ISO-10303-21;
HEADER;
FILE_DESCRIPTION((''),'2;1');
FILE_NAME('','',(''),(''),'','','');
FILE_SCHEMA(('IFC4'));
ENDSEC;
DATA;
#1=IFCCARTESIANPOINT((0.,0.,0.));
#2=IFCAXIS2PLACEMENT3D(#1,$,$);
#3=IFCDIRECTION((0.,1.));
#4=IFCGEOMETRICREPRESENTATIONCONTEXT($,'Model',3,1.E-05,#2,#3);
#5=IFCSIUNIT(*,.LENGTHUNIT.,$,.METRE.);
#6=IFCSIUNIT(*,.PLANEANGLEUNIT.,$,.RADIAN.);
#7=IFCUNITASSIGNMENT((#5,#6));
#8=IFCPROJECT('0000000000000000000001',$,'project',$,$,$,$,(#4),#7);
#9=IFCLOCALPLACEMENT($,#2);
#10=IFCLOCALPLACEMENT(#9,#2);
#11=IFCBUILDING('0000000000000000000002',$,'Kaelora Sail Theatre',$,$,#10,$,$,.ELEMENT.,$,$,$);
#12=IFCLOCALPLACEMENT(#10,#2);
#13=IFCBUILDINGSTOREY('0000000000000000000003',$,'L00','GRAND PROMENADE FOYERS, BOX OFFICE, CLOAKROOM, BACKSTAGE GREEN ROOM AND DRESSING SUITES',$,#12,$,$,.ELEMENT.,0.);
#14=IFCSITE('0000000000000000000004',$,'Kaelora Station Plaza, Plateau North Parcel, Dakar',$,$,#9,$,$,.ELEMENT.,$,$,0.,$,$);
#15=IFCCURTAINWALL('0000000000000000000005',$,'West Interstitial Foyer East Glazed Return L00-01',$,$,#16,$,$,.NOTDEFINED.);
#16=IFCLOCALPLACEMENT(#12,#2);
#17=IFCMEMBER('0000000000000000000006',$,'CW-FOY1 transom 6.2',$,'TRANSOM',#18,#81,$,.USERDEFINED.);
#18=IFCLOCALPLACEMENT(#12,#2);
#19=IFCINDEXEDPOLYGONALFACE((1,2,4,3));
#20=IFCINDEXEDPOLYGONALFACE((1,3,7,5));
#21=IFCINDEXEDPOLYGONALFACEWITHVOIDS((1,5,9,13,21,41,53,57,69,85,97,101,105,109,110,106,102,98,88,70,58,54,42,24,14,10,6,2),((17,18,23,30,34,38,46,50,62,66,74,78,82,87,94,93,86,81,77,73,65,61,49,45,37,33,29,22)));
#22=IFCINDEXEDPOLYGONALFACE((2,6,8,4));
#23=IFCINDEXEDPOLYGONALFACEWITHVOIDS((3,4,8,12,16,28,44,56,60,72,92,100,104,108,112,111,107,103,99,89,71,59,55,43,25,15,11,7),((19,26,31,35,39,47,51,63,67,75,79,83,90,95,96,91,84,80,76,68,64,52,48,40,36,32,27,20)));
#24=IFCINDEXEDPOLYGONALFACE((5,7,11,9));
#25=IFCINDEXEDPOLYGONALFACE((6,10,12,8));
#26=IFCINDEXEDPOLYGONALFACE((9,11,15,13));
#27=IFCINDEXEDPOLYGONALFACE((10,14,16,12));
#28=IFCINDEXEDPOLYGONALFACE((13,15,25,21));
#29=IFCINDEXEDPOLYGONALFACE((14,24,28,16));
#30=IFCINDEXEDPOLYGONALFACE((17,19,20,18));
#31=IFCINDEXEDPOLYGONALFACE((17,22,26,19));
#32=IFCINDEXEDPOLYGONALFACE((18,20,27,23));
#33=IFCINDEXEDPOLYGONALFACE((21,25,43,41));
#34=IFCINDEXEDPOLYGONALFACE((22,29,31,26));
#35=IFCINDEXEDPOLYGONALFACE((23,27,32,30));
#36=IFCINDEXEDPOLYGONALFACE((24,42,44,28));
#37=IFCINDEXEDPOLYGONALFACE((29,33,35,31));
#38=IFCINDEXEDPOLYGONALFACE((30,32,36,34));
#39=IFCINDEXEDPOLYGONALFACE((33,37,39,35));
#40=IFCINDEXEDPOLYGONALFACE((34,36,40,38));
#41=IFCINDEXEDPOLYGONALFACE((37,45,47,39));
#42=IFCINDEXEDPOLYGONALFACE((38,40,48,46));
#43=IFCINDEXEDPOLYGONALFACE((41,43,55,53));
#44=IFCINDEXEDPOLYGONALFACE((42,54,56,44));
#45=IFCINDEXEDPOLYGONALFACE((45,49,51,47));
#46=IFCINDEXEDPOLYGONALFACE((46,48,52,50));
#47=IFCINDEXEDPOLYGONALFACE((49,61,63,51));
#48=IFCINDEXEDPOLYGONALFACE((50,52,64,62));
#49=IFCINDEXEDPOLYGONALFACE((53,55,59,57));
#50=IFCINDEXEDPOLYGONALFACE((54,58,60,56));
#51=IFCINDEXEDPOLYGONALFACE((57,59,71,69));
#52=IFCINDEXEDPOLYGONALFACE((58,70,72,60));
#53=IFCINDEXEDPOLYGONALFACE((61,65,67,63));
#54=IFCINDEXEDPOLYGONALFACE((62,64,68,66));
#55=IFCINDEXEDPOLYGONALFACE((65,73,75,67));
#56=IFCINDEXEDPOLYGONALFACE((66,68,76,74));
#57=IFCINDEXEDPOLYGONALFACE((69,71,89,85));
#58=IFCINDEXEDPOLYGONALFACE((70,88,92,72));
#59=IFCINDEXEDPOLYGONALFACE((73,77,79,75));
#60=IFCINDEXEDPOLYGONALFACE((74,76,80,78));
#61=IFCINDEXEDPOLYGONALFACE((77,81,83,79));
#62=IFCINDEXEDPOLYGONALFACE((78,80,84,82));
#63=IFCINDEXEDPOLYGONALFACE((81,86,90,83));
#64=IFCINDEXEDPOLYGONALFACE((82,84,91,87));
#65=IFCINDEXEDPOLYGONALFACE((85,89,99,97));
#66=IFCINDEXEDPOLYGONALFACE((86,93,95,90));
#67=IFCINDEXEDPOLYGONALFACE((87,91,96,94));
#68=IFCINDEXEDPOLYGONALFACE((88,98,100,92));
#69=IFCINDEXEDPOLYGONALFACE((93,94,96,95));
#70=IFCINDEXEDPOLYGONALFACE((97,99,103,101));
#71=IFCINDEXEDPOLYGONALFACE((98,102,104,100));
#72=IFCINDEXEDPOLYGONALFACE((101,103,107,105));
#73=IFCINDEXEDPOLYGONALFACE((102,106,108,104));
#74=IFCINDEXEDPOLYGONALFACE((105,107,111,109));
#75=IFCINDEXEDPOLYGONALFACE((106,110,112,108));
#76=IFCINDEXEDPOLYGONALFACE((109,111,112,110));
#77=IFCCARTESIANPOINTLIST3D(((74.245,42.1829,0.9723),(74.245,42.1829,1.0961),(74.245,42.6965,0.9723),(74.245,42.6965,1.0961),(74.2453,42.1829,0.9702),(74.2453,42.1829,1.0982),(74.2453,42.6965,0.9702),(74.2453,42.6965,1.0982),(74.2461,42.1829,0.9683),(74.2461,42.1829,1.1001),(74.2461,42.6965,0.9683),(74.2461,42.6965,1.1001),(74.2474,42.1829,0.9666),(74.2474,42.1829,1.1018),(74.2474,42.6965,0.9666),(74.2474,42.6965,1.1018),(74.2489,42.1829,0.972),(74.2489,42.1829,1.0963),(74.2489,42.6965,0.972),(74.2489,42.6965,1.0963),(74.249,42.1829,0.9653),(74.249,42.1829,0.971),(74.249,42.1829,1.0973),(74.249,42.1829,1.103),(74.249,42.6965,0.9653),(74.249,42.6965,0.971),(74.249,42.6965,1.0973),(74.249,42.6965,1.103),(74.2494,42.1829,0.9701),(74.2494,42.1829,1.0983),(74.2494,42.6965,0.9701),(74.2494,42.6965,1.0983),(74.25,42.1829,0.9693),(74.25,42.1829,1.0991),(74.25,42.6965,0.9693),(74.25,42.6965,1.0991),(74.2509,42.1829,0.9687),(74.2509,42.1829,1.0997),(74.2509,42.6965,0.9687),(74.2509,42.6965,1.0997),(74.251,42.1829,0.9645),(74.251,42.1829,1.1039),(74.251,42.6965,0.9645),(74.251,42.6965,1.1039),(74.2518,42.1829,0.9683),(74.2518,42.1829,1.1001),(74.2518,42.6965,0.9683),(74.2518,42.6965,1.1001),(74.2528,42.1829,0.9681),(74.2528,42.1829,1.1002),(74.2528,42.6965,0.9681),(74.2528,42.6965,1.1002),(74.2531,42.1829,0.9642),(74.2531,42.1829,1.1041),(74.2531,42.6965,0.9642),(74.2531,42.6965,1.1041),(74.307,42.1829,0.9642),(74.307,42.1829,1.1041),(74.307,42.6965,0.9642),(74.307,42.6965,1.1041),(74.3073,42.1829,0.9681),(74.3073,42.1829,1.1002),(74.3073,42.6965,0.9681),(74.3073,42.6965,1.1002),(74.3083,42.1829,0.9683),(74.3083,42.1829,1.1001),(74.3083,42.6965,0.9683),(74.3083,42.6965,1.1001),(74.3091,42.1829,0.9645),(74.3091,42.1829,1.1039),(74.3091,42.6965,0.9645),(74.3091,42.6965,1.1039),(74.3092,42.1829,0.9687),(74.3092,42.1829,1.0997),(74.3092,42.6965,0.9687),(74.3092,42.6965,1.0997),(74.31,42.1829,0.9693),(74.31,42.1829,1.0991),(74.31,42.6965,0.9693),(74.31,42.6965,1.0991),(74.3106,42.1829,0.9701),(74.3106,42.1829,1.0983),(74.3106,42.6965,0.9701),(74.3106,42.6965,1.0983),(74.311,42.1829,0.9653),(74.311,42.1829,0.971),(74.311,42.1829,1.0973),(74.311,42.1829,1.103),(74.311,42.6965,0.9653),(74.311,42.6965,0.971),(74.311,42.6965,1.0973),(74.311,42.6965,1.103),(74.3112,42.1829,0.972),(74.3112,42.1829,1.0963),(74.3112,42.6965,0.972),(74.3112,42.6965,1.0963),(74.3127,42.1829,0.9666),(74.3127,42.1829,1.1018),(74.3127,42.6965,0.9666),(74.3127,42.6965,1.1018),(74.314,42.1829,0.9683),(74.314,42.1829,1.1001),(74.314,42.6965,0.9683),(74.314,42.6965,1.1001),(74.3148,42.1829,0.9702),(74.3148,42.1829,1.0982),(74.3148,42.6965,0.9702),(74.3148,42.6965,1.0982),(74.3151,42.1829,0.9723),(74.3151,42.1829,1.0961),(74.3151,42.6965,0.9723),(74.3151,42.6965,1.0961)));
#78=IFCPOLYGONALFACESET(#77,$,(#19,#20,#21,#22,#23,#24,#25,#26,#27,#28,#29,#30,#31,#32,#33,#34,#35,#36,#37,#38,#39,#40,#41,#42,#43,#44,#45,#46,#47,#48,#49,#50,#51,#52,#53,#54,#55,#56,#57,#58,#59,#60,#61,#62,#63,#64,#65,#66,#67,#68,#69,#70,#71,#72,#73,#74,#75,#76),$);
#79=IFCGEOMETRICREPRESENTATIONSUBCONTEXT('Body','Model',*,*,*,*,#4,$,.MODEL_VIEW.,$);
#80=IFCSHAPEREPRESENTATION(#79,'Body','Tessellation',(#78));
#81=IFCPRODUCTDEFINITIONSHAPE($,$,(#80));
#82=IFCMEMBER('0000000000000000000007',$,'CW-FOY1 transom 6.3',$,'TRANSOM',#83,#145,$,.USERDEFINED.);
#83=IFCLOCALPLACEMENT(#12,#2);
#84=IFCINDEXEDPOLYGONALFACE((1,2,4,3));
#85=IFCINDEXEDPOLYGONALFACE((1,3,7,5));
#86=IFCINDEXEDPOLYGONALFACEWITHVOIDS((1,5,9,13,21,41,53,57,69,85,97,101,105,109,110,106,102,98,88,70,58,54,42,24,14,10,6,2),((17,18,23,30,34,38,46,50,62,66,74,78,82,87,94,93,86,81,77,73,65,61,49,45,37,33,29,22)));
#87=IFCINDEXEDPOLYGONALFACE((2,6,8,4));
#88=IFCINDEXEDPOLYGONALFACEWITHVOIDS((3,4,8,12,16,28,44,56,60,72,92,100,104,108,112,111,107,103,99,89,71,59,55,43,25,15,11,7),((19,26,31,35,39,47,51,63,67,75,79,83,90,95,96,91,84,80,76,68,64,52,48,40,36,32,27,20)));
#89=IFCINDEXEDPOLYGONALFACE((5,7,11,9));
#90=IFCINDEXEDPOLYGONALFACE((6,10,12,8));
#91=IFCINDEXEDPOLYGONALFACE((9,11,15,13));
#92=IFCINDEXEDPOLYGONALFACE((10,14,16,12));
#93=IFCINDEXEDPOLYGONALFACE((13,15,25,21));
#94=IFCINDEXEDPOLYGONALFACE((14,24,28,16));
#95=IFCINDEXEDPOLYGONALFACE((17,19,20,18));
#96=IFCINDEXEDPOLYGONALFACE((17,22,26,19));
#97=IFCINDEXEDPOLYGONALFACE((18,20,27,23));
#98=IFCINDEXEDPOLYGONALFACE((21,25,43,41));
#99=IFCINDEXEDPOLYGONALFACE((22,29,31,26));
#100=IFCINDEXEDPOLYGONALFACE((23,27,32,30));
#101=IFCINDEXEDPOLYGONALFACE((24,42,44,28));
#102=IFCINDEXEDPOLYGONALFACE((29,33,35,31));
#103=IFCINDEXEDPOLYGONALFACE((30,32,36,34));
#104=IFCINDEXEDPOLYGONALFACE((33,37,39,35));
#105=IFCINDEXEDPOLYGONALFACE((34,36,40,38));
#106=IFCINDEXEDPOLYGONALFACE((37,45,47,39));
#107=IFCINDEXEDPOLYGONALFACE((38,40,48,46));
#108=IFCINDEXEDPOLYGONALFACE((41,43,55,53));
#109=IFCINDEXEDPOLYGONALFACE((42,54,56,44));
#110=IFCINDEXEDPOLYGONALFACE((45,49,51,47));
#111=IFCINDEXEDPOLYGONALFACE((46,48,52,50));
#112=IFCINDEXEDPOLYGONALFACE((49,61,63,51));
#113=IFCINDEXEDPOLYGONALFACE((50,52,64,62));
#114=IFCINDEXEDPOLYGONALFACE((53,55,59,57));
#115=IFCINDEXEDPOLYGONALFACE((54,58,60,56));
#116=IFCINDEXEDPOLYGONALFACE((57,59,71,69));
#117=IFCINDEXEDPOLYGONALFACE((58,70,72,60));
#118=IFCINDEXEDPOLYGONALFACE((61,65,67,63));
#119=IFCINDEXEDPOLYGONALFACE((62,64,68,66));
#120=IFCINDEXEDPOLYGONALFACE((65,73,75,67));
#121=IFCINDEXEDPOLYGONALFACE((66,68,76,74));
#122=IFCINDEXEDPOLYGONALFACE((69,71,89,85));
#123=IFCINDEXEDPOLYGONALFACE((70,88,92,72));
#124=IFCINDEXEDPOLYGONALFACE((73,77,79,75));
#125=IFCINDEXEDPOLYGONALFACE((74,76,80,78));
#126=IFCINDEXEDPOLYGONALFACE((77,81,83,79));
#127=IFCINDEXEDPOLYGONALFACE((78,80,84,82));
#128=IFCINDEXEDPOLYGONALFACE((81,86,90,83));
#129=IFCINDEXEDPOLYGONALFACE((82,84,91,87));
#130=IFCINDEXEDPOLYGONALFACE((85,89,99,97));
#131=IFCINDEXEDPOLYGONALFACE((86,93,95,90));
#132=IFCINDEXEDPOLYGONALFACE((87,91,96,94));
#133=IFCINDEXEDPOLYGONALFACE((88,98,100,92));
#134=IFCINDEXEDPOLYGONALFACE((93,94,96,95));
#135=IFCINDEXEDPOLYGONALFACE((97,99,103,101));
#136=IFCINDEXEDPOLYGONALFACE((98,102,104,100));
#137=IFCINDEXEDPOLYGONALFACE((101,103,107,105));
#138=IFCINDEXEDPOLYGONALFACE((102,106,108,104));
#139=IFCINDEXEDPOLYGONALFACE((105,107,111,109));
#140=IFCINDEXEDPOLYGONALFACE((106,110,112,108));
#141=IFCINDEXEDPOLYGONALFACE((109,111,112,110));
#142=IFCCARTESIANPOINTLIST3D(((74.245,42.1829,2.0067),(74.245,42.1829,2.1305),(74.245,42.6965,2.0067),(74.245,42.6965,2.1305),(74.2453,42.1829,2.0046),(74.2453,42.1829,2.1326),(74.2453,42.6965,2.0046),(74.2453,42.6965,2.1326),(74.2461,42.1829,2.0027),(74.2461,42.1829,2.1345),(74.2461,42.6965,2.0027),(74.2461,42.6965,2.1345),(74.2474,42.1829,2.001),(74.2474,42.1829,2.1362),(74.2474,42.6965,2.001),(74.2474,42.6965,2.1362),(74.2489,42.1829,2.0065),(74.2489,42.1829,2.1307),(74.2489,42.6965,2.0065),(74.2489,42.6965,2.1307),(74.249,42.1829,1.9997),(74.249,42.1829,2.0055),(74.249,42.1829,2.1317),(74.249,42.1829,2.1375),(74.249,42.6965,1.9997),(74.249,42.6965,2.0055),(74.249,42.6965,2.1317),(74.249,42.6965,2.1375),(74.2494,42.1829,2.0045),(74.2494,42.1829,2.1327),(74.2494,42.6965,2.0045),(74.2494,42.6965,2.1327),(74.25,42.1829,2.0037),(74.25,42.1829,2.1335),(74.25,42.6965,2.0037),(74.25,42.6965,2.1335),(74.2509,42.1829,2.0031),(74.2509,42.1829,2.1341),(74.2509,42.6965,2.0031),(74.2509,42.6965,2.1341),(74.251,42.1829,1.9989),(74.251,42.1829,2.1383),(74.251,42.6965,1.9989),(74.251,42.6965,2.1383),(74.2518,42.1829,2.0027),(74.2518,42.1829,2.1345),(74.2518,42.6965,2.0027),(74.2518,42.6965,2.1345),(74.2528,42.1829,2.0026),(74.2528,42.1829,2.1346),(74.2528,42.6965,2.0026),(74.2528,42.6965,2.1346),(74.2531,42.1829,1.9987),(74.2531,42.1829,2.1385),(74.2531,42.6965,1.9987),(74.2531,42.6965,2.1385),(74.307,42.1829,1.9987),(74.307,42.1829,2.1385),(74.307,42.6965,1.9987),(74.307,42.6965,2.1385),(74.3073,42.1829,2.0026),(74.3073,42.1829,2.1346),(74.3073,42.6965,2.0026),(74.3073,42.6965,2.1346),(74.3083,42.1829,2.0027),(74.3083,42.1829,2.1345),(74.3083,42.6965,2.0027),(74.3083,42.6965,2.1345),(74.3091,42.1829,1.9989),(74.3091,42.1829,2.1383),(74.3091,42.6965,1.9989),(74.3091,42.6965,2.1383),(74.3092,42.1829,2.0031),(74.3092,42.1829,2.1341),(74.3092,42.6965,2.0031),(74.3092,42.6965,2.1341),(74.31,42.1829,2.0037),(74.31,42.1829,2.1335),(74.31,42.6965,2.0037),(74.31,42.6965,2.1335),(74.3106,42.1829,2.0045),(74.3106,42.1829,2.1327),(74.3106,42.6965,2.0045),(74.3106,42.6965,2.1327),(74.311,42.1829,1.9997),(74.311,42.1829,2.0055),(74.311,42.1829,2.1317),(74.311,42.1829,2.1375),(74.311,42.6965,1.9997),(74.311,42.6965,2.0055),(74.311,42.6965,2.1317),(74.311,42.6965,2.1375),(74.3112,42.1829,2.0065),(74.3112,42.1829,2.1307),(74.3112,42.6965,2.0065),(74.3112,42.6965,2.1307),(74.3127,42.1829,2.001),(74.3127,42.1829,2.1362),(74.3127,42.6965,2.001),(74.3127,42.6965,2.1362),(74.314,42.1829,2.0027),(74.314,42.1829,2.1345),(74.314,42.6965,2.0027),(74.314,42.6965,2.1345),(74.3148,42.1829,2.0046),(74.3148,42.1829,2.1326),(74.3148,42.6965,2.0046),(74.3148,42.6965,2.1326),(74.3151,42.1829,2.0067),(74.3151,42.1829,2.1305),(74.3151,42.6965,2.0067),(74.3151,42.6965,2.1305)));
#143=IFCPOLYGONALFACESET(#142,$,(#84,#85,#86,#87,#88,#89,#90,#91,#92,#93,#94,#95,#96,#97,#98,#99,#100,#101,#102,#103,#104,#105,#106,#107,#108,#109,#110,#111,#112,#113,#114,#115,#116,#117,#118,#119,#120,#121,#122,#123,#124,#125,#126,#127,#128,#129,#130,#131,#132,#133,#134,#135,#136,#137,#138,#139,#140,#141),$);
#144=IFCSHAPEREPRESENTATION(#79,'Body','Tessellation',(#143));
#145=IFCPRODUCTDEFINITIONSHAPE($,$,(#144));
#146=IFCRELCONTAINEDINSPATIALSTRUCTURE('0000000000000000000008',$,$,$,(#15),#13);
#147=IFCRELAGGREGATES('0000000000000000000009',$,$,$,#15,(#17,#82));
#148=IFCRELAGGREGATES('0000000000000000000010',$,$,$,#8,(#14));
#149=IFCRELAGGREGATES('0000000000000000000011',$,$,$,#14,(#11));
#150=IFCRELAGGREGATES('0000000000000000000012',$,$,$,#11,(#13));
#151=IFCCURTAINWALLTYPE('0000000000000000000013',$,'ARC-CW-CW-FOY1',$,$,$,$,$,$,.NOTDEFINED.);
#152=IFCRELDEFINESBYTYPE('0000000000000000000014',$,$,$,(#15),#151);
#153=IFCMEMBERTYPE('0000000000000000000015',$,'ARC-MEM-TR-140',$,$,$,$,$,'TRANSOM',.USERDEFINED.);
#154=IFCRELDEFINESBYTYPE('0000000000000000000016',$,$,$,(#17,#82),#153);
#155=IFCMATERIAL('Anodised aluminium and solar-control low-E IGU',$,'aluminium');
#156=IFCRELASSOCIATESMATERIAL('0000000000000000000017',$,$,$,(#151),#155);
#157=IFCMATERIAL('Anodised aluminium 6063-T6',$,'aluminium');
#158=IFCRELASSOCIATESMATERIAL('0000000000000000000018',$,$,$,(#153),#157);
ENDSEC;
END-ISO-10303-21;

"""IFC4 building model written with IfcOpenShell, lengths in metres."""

from ifc_helpers import new_model, si_unit, direction, frame, origin, origin_2d, place, context, subcontext, project, spatial, hollow_rectangle, extrude, material, material_profile, profile_set, type_object, element, aggregate, save


model = new_model("IFC4")

# Units and contexts
model_context = context("Model", 3, precision=1e-05, world=origin(), true_north=direction((0.0, 1.0)))
body_context = subcontext(model_context, "Body", "Model", "MODEL_VIEW")
ifc_project = project(units=[si_unit("LENGTHUNIT", "METRE"), si_unit("PLANEANGLEUNIT", "RADIAN")], contexts=[model_context])

# Site, building, storey
site_placement = place(None, origin())
site = spatial("IfcSite", under=ifc_project, at=site_placement, Name="Kaelora Station Plaza, Plateau North Parcel, Dakar", CompositionType="ELEMENT", RefElevation=0.0)
building_placement = place(site_placement, origin())
building = spatial("IfcBuilding", under=site, at=building_placement, Name="Kaelora Sail Theatre", CompositionType="ELEMENT")
storey_placement = place(building_placement, origin())
storey = spatial("IfcBuildingStorey", under=building, at=storey_placement, Name="L00", Description="GRAND PROMENADE FOYERS, BOX OFFICE, CLOAKROOM, BACKSTAGE GREEN ROOM AND DRESSING SUITES", CompositionType="ELEMENT", Elevation=0.0)

# Curtain wall
ifc_material_1 = material(Name="Anodised aluminium and solar-control low-E IGU", Category="aluminium")
curtain_wall_type = type_object("IfcCurtainWallType", Name="ARC-CW-CW-FOY1", PredefinedType="NOTDEFINED", material=ifc_material_1)
curtain_wall_1_placement = place(storey_placement, origin())
curtain_wall_1 = element("IfcCurtainWall", 1, at=curtain_wall_1_placement, inside=storey, type_object=curtain_wall_type, Name="West Interstitial Foyer East Glazed Return L00-01", PredefinedType="NOTDEFINED")

# Members
ifc_material_2 = material(Name="Anodised aluminium 6063-T6", Category="aluminium")
ifc_material_profile_1 = material_profile(ifc_material_2, hollow_rectangle(XDim=0.0701, YDim=0.1399, WallThickness=0.0039, InnerFilletRadius=0.0039, OuterFilletRadius=0.0081, at=origin_2d()), Name="ALU-TRAN 70x140x4")
ifc_profile_set_1 = profile_set([ifc_material_profile_1], Name="Anodised aluminium 6063-T6")
member_type_1 = type_object("IfcMemberType", Name="ARC-MEM-TR-140", ElementType="TRANSOM", PredefinedType="USERDEFINED", material=ifc_profile_set_1)
member_1_placement = place(storey_placement, frame((74.28, 42.1829, 1.0342), z_axis=(0.0, 1.0, 0.0), x_axis=(-1.0, 0.0, 0.0)))
member_1 = element("IfcMember", 2, at=member_1_placement, type_object=member_type_1, Name="CW-FOY1 transom 6.2", ObjectType="TRANSOM", PredefinedType="USERDEFINED", context=body_context, shape_type="SweptSolid", body=[
    extrude(hollow_rectangle(XDim=0.0701, YDim=0.1399, WallThickness=0.0039, InnerFilletRadius=0.0039, OuterFilletRadius=0.0081, at=origin_2d()), origin(), (0.0, 0.0, 1.0), 0.5137),
])
member_2_placement = place(storey_placement, frame((74.28, 42.1829, 2.0686), z_axis=(0.0, 1.0, 0.0), x_axis=(-1.0, 0.0, 0.0)))
member_2 = element("IfcMember", 3, at=member_2_placement, type_object=member_type_1, Name="CW-FOY1 transom 6.3", ObjectType="TRANSOM", PredefinedType="USERDEFINED", context=body_context, shape_type="SweptSolid", body=[
    extrude(hollow_rectangle(XDim=0.0701, YDim=0.1399, WallThickness=0.0039, InnerFilletRadius=0.0039, OuterFilletRadius=0.0081, at=origin_2d()), origin(), (0.0, 0.0, 1.0), 0.5137),
])

aggregate(curtain_wall_1, [member_1, member_2])

save(model, "model.ifc")
